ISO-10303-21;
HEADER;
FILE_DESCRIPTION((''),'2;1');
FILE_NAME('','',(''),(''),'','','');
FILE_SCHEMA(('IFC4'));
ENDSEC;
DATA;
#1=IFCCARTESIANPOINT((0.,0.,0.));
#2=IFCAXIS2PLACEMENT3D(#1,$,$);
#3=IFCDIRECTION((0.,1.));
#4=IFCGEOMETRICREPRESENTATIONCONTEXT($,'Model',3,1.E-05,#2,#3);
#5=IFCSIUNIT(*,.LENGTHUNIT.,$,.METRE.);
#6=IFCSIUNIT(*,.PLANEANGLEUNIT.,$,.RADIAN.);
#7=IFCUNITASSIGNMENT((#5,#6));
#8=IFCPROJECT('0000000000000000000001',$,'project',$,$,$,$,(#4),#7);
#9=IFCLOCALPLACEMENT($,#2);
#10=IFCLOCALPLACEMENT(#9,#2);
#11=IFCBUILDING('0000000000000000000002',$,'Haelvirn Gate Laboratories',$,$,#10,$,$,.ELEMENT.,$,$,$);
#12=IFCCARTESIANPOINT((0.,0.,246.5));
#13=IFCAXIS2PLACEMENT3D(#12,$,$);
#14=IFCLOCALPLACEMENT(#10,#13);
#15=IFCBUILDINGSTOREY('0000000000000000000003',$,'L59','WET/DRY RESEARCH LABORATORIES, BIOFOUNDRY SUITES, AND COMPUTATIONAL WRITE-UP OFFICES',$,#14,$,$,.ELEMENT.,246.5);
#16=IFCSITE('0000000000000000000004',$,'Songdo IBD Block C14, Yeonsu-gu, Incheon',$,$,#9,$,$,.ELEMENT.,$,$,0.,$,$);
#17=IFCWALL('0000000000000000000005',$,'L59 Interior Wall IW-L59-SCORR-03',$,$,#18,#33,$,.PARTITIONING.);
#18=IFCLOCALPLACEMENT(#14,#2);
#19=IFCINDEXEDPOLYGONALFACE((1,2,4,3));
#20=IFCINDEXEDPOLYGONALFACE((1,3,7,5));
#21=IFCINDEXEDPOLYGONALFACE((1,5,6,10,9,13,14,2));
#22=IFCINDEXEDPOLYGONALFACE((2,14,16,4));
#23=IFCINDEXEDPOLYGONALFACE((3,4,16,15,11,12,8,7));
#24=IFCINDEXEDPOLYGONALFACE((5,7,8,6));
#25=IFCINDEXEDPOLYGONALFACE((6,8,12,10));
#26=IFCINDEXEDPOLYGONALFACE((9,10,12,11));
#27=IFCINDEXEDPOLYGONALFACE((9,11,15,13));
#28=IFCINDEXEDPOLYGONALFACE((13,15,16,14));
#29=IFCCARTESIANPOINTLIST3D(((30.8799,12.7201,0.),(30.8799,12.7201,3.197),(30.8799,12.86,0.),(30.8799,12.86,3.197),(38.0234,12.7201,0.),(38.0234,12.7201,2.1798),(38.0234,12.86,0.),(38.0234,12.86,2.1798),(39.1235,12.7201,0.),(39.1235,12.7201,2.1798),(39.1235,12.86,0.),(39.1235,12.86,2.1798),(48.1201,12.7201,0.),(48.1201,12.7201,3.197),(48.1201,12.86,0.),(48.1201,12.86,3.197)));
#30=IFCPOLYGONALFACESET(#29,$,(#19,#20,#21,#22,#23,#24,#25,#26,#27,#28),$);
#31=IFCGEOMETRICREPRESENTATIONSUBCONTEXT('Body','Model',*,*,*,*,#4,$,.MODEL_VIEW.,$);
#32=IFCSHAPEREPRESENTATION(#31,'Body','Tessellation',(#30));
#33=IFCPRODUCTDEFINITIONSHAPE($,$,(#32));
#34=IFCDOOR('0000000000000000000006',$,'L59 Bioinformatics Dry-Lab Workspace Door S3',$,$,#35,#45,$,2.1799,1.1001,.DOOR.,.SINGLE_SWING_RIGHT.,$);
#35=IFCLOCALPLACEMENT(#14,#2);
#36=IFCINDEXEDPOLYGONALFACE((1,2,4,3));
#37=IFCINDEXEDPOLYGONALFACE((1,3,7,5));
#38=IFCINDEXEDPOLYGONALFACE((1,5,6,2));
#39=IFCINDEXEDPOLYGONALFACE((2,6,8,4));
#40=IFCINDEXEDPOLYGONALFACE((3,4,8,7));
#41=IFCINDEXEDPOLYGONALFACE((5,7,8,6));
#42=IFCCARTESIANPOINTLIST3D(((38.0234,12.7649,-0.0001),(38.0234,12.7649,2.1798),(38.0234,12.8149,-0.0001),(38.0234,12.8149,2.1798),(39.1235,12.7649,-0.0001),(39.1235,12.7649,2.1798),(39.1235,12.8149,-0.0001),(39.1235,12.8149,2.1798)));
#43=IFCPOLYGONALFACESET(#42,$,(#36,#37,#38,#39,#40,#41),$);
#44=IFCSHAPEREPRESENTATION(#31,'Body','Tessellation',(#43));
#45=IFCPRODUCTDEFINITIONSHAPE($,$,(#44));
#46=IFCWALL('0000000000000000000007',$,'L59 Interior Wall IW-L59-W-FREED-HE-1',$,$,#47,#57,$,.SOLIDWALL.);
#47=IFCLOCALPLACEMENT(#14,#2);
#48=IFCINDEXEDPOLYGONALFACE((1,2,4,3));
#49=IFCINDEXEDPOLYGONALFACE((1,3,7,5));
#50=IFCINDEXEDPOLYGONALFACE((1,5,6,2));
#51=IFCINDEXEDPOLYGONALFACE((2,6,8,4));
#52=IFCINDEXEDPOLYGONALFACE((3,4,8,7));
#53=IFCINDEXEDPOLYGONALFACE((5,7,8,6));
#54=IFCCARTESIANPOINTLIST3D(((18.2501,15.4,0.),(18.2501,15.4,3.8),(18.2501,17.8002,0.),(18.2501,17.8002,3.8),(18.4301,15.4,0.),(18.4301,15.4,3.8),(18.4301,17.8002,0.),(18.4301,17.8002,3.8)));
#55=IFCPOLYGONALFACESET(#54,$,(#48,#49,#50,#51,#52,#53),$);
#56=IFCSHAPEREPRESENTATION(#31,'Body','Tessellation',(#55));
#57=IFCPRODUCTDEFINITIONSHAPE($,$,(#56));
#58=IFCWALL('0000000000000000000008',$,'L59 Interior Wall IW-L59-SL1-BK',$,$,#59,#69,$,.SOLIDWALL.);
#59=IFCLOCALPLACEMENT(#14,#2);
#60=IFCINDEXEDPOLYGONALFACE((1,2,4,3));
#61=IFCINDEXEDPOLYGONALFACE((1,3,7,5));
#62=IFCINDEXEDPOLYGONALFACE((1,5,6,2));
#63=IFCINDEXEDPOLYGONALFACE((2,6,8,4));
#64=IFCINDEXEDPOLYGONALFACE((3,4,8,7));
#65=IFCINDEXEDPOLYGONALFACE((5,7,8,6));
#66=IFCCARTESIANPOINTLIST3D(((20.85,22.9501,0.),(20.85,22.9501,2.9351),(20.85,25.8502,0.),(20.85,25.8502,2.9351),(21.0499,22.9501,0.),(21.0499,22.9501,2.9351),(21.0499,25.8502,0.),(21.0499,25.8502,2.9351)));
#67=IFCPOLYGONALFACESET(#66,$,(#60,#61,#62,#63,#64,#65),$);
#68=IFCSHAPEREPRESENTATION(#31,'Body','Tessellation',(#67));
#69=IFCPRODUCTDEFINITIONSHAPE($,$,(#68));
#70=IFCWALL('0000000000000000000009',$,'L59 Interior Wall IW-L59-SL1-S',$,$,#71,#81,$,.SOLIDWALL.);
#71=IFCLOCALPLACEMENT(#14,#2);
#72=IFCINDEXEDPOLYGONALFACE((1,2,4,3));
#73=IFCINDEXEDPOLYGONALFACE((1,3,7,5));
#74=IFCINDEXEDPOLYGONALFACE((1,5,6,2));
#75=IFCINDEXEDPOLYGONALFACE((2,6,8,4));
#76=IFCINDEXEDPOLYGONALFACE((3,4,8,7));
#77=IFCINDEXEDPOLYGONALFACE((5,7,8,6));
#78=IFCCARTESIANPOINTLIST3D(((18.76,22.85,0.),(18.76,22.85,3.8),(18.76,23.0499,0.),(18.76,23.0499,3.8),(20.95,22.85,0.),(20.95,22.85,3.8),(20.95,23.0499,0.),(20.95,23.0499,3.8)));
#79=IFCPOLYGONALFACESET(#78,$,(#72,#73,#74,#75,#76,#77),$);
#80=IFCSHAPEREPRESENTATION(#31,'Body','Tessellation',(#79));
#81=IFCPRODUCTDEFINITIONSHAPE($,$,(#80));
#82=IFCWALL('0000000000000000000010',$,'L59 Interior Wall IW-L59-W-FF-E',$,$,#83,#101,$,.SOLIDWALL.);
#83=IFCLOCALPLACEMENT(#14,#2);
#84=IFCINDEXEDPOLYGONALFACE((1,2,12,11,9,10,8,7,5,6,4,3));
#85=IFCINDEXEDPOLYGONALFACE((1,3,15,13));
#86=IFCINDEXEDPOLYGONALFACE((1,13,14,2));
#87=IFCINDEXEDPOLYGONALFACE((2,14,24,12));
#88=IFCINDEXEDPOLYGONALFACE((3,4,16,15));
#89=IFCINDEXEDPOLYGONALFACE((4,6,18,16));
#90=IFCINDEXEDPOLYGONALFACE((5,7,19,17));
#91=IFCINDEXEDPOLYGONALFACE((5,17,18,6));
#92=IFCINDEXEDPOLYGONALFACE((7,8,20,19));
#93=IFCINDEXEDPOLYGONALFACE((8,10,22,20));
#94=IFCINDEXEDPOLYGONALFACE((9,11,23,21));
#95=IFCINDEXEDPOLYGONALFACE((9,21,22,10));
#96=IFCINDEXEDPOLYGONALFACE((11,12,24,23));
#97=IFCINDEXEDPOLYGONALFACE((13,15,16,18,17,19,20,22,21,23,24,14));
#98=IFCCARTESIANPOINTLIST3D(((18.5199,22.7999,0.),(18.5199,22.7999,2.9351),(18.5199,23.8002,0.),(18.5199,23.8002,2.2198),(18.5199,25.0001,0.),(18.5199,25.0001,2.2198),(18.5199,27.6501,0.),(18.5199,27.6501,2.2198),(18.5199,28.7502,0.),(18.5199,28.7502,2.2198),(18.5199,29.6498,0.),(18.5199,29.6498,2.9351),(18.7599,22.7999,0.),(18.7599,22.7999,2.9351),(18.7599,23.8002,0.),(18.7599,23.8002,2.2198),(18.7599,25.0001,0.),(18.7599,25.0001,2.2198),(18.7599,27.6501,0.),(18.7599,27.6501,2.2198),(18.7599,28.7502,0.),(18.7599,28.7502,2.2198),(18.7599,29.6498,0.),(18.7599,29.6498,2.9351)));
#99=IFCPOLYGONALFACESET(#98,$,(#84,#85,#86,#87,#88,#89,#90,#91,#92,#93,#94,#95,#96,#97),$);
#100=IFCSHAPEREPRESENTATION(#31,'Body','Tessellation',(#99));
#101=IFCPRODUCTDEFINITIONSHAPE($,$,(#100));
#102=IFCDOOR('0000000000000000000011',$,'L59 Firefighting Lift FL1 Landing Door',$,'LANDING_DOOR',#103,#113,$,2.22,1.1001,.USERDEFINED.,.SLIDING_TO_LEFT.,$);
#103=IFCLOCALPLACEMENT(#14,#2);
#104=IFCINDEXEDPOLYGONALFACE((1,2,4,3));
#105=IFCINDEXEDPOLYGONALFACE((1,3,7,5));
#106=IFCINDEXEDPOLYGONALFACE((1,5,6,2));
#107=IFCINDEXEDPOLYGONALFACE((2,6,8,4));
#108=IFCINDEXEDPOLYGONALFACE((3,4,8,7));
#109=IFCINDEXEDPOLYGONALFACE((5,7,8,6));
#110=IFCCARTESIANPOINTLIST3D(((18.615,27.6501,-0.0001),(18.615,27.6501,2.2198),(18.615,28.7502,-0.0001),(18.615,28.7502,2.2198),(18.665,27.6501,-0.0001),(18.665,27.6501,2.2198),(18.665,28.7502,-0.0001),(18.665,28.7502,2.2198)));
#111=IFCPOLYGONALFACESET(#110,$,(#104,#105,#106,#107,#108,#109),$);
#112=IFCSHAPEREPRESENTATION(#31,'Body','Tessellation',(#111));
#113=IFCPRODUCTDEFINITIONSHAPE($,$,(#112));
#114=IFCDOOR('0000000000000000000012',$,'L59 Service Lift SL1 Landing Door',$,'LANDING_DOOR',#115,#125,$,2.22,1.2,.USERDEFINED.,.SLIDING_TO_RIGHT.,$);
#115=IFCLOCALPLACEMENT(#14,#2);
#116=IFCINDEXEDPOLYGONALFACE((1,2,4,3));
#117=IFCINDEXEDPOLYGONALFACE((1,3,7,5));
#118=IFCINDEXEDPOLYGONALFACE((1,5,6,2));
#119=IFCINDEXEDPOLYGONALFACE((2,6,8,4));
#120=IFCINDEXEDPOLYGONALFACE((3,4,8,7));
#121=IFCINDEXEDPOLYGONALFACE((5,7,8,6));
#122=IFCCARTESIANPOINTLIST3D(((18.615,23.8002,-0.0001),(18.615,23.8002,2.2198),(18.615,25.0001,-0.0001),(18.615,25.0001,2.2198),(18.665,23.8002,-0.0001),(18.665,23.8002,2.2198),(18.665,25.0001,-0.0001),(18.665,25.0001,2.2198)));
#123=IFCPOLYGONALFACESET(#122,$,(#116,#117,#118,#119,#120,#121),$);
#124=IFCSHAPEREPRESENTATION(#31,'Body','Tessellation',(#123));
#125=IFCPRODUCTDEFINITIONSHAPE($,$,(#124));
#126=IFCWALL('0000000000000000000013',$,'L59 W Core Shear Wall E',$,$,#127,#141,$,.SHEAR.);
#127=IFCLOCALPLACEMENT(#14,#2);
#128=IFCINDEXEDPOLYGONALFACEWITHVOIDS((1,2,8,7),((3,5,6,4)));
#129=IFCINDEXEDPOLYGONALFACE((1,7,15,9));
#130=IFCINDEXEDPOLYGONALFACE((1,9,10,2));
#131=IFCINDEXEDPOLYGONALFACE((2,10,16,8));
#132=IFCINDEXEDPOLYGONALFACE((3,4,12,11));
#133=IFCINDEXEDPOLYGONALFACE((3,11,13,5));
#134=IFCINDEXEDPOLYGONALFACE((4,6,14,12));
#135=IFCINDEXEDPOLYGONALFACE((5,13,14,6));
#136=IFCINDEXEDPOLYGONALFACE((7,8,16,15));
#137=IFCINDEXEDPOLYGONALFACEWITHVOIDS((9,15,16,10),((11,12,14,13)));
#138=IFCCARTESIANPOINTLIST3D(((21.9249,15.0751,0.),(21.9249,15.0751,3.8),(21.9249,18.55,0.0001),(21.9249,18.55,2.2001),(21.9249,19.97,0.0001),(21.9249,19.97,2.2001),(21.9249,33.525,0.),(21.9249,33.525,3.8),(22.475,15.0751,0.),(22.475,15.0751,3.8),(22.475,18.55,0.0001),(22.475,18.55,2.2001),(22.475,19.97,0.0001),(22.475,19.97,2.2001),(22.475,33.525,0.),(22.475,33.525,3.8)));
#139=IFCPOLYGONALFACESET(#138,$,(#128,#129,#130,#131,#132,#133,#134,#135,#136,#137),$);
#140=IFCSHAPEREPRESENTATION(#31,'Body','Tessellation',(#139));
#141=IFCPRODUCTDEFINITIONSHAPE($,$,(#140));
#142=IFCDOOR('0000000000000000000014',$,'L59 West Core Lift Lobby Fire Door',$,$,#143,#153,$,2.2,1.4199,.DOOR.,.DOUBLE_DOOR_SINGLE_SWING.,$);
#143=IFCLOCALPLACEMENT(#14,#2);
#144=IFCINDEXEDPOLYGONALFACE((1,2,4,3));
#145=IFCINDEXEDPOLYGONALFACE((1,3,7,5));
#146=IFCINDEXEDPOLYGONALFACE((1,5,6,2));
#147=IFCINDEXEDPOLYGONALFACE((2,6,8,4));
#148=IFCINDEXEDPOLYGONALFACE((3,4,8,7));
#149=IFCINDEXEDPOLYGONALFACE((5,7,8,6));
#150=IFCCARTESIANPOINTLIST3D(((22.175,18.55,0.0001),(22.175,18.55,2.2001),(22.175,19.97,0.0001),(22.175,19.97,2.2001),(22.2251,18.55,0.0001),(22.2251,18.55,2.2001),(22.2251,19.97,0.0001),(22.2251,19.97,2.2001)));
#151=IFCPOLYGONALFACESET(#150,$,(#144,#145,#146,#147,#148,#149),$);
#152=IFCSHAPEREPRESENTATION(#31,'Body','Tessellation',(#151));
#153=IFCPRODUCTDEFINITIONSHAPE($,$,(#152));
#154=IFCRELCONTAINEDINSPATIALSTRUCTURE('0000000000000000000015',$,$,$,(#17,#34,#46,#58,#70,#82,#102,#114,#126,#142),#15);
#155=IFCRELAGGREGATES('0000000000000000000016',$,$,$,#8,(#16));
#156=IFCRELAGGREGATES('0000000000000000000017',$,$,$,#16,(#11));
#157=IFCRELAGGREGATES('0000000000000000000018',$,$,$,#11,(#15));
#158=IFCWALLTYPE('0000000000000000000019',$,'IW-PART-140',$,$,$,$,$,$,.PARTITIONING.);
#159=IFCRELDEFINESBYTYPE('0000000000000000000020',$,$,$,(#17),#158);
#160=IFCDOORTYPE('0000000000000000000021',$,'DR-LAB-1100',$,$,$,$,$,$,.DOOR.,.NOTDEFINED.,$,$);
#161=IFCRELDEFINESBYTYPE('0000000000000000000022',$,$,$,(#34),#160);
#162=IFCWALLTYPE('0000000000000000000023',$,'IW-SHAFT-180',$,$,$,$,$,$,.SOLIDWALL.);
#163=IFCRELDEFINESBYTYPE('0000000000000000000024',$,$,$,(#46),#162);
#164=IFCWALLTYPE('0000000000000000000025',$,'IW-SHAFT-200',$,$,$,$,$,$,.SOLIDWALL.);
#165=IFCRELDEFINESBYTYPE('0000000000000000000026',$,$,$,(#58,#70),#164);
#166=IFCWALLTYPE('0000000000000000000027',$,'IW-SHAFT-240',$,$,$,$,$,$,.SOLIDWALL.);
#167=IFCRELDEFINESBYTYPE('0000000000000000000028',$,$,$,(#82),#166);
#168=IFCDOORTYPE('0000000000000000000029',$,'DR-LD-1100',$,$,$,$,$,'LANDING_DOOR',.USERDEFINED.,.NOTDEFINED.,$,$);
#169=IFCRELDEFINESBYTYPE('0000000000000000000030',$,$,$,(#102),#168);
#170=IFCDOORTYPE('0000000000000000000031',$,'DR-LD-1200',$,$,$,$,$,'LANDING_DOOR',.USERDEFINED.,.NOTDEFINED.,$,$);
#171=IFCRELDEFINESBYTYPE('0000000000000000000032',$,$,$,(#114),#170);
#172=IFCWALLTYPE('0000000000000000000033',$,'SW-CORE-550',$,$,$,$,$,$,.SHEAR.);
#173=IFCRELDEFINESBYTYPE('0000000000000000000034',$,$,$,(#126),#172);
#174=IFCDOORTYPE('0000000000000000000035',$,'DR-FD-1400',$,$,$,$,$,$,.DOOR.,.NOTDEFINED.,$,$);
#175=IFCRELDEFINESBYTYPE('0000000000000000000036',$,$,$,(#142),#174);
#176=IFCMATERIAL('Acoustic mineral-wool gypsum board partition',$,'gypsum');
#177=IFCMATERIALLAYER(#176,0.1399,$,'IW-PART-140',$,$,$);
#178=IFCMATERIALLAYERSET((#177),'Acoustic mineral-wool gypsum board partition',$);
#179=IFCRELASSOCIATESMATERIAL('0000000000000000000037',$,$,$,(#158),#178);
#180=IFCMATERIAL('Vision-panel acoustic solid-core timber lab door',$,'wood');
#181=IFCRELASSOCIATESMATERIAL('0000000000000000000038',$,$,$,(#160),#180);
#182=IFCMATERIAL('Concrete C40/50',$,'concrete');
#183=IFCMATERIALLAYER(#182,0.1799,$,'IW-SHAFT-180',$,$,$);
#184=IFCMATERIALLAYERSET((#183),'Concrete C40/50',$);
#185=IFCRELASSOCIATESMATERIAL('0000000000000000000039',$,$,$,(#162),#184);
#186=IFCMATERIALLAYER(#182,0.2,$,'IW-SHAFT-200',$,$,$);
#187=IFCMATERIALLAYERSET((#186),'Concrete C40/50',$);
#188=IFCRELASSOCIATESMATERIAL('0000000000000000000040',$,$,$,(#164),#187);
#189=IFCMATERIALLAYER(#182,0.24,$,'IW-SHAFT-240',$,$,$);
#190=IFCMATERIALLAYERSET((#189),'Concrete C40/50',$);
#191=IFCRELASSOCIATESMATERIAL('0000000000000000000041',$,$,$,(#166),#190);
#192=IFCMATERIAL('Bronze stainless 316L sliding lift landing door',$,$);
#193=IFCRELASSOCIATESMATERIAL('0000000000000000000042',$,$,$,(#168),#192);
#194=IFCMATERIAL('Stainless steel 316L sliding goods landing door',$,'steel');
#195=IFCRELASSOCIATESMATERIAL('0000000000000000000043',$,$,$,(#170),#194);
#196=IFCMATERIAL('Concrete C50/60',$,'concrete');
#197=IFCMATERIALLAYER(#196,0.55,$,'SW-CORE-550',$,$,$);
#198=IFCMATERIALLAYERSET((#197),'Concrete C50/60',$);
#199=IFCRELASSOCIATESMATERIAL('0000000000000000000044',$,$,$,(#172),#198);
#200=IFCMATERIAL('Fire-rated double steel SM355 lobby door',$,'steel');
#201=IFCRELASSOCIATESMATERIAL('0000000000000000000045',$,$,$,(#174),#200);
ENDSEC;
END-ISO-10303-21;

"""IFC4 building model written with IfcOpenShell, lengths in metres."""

from ifc_helpers import new_model, si_unit, direction, frame, frame_2d, origin, place, context, subcontext, project, spatial, rectangle, extrude, source, transform, mapped, material, layer, layer_set, type_object, type_shapes, element, fill, save


model = new_model("IFC4")

# Units and contexts
model_context = context("Model", 3, precision=1e-05, world=origin(), true_north=direction((0.0, 1.0)))
body_context = subcontext(model_context, "Body", "Model", "MODEL_VIEW")
ifc_project = project(units=[si_unit("LENGTHUNIT", "METRE"), si_unit("PLANEANGLEUNIT", "RADIAN")], contexts=[model_context])

# Site, building, storey
site_placement = place(None, origin())
site = spatial("IfcSite", under=ifc_project, at=site_placement, Name="Songdo IBD Block C14, Yeonsu-gu, Incheon", CompositionType="ELEMENT", RefElevation=0.0)
building_placement = place(site_placement, origin())
building = spatial("IfcBuilding", under=site, at=building_placement, Name="Haelvirn Gate Laboratories", CompositionType="ELEMENT")
storey_placement = place(building_placement, frame((0.0, 0.0, 246.5)))
storey = spatial("IfcBuildingStorey", under=building, at=storey_placement, Name="L59", Description="WET/DRY RESEARCH LABORATORIES, BIOFOUNDRY SUITES, AND COMPUTATIONAL WRITE-UP OFFICES", CompositionType="ELEMENT", Elevation=246.5)

# Wall, opening, door
ifc_material_1 = material(Name="Acoustic mineral-wool gypsum board partition", Category="gypsum")
ifc_layer_1 = layer(ifc_material_1, 0.1399, Name="IW-PART-140")
ifc_layer_set_1 = layer_set([ifc_layer_1], Name="Acoustic mineral-wool gypsum board partition")
wall_type_1 = type_object("IfcWallType", Name="IW-PART-140", PredefinedType="PARTITIONING", material=ifc_layer_set_1)
ifc_material_2 = material(Name="Vision-panel acoustic solid-core timber lab door", Category="wood")
door_type_1 = type_object("IfcDoorType", Name="DR-LAB-1100", OperationType="NOTDEFINED", PredefinedType="DOOR", material=ifc_material_2)
shared_shape_1 = source(origin(), body_context, "Body", "SweptSolid", [
    extrude(rectangle(XDim=1.1001, YDim=2.1799, at=frame_2d((0.55, 1.0898))), frame((0.0, 0.0249, 0.0), z_axis=(0.0, -1.0, 0.0), x_axis=(1.0, 0.0, 0.0)), (0.0, 0.0, 1.0), 0.05),
])
type_shapes(door_type_1, [shared_shape_1])
wall_1_placement = place(storey_placement, frame((30.8799, 12.79, 0.0), z_axis=(0.0, 0.0, 1.0), x_axis=(1.0, 0.0, 0.0)))
wall_1 = element("IfcWall", 1, at=wall_1_placement, inside=storey, type_object=wall_type_1, Name="L59 Interior Wall IW-L59-SCORR-03", PredefinedType="PARTITIONING", context=body_context, shape_type="SweptSolid", body=[
    extrude(rectangle(XDim=17.2402, YDim=0.1399, at=frame_2d((8.6201, 0.0))), origin(), (0.0, 0.0, 1.0), 3.197),
])
opening_1_placement = place(wall_1_placement, frame((7.1436, 0.0, 0.0)))
opening_1 = element("IfcOpeningElement", 2, at=opening_1_placement, cuts=wall_1, PredefinedType="OPENING", context=body_context, shape_type="SweptSolid", body=[
    extrude(rectangle(XDim=1.1001, YDim=2.1799, at=frame_2d((0.55, 1.0898))), frame((0.0, 0.0801, 0.0), z_axis=(0.0, -1.0, 0.0), x_axis=(1.0, 0.0, 0.0)), (0.0, 0.0, 1.0), 0.1599),
])
door_1_placement = place(opening_1_placement, origin())
door_1 = element("IfcDoor", 3, at=door_1_placement, inside=storey, type_object=door_type_1, Name="L59 Bioinformatics Dry-Lab Workspace Door S3", OperationType="SINGLE_SWING_RIGHT", OverallHeight=2.1799, OverallWidth=1.1001, PredefinedType="DOOR", context=body_context, shape_type="MappedRepresentation", body=[
    mapped(shared_shape_1, transform((0.0, 0.0, 0.0), scale=1.0)),
])
fill(opening_1, door_1)

# Walls
ifc_material_3 = material(Name="Concrete C40/50", Category="concrete")
ifc_layer_2 = layer(ifc_material_3, 0.1799, Name="IW-SHAFT-180")
ifc_layer_set_2 = layer_set([ifc_layer_2], Name="Concrete C40/50")
wall_type_2 = type_object("IfcWallType", Name="IW-SHAFT-180", PredefinedType="SOLIDWALL", material=ifc_layer_set_2)
wall_2_placement = place(storey_placement, frame((18.3401, 15.3999, 0.0), z_axis=(0.0, 0.0, 1.0), x_axis=(0.0, 1.0, 0.0)))
element("IfcWall", 4, at=wall_2_placement, inside=storey, type_object=wall_type_2, Name="L59 Interior Wall IW-L59-W-FREED-HE-1", PredefinedType="SOLIDWALL", context=body_context, shape_type="SweptSolid", body=[
    extrude(rectangle(XDim=2.4001, YDim=0.1799, at=frame_2d((1.2002, 0.0))), origin(), (0.0, 0.0, 1.0), 3.8),
])
ifc_layer_3 = layer(ifc_material_3, 0.2, Name="IW-SHAFT-200")
ifc_layer_set_3 = layer_set([ifc_layer_3], Name="Concrete C40/50")
wall_type_3 = type_object("IfcWallType", Name="IW-SHAFT-200", PredefinedType="SOLIDWALL", material=ifc_layer_set_3)
wall_3_placement = place(storey_placement, frame((20.95, 22.95, 0.0), z_axis=(0.0, 0.0, 1.0), x_axis=(0.0, 1.0, 0.0)))
element("IfcWall", 5, at=wall_3_placement, inside=storey, type_object=wall_type_3, Name="L59 Interior Wall IW-L59-SL1-BK", PredefinedType="SOLIDWALL", context=body_context, shape_type="SweptSolid", body=[
    extrude(rectangle(XDim=2.9001, YDim=0.2, at=frame_2d((1.4502, 0.0))), origin(), (0.0, 0.0, 1.0), 2.9351),
])
wall_4_placement = place(storey_placement, frame((18.76, 22.95, 0.0), z_axis=(0.0, 0.0, 1.0), x_axis=(1.0, 0.0, 0.0)))
element("IfcWall", 6, at=wall_4_placement, inside=storey, type_object=wall_type_3, Name="L59 Interior Wall IW-L59-SL1-S", PredefinedType="SOLIDWALL", context=body_context, shape_type="SweptSolid", body=[
    extrude(rectangle(XDim=2.1899, YDim=0.2, at=frame_2d((1.095, 0.0))), origin(), (0.0, 0.0, 1.0), 3.8),
])

# Wall, openings, doors
ifc_layer_4 = layer(ifc_material_3, 0.24, Name="IW-SHAFT-240")
ifc_layer_set_4 = layer_set([ifc_layer_4], Name="Concrete C40/50")
wall_type_4 = type_object("IfcWallType", Name="IW-SHAFT-240", PredefinedType="SOLIDWALL", material=ifc_layer_set_4)
wall_5_placement = place(storey_placement, frame((18.6399, 22.8, 0.0), z_axis=(0.0, 0.0, 1.0), x_axis=(0.0, 1.0, 0.0)))
wall_5 = element("IfcWall", 7, at=wall_5_placement, inside=storey, type_object=wall_type_4, Name="L59 Interior Wall IW-L59-W-FF-E", PredefinedType="SOLIDWALL", context=body_context, shape_type="SweptSolid", body=[
    extrude(rectangle(XDim=6.8499, YDim=0.24, at=frame_2d((3.4248, 0.0))), origin(), (0.0, 0.0, 1.0), 2.9351),
])
opening_2_placement = place(wall_5_placement, frame((4.8501, 0.0, 0.0)))
opening_2 = element("IfcOpeningElement", 8, at=opening_2_placement, cuts=wall_5, PredefinedType="OPENING", context=body_context, shape_type="SweptSolid", body=[
    extrude(rectangle(XDim=1.1001, YDim=2.22, at=frame_2d((0.55, 1.1099))), frame((0.0, 0.1299, 0.0), z_axis=(0.0, -1.0, 0.0), x_axis=(1.0, 0.0, 0.0)), (0.0, 0.0, 1.0), 0.26),
])
opening_3_placement = place(wall_5_placement, frame((1.0, 0.0, 0.0)))
opening_3 = element("IfcOpeningElement", 9, at=opening_3_placement, cuts=wall_5, PredefinedType="OPENING", context=body_context, shape_type="SweptSolid", body=[
    extrude(rectangle(XDim=1.2, YDim=2.22, at=frame_2d((0.6001, 1.1099))), frame((0.0, 0.1299, 0.0), z_axis=(0.0, -1.0, 0.0), x_axis=(1.0, 0.0, 0.0)), (0.0, 0.0, 1.0), 0.26),
])
ifc_material_4 = material(Name="Bronze stainless 316L sliding lift landing door")
door_type_2 = type_object("IfcDoorType", Name="DR-LD-1100", ElementType="LANDING_DOOR", OperationType="NOTDEFINED", PredefinedType="USERDEFINED", material=ifc_material_4)
shared_shape_2 = source(origin(), body_context, "Body", "SweptSolid", [
    extrude(rectangle(XDim=1.1001, YDim=2.22, at=frame_2d((0.55, 1.1099))), frame((0.0, 0.0249, 0.0), z_axis=(0.0, -1.0, 0.0), x_axis=(1.0, 0.0, 0.0)), (0.0, 0.0, 1.0), 0.05),
])
type_shapes(door_type_2, [shared_shape_2])
door_2_placement = place(opening_2_placement, origin())
door_2 = element("IfcDoor", 10, at=door_2_placement, inside=storey, type_object=door_type_2, Name="L59 Firefighting Lift FL1 Landing Door", ObjectType="LANDING_DOOR", OperationType="SLIDING_TO_LEFT", OverallHeight=2.22, OverallWidth=1.1001, PredefinedType="USERDEFINED", context=body_context, shape_type="MappedRepresentation", body=[
    mapped(shared_shape_2, transform((0.0, 0.0, 0.0), scale=1.0)),
])
fill(opening_2, door_2)
ifc_material_5 = material(Name="Stainless steel 316L sliding goods landing door", Category="steel")
door_type_3 = type_object("IfcDoorType", Name="DR-LD-1200", ElementType="LANDING_DOOR", OperationType="NOTDEFINED", PredefinedType="USERDEFINED", material=ifc_material_5)
shared_shape_3 = source(origin(), body_context, "Body", "SweptSolid", [
    extrude(rectangle(XDim=1.2, YDim=2.22, at=frame_2d((0.6001, 1.1099))), frame((0.0, 0.0249, 0.0), z_axis=(0.0, -1.0, 0.0), x_axis=(1.0, 0.0, 0.0)), (0.0, 0.0, 1.0), 0.05),
])
type_shapes(door_type_3, [shared_shape_3])
door_3_placement = place(opening_3_placement, origin())
door_3 = element("IfcDoor", 11, at=door_3_placement, inside=storey, type_object=door_type_3, Name="L59 Service Lift SL1 Landing Door", ObjectType="LANDING_DOOR", OperationType="SLIDING_TO_RIGHT", OverallHeight=2.22, OverallWidth=1.2, PredefinedType="USERDEFINED", context=body_context, shape_type="MappedRepresentation", body=[
    mapped(shared_shape_3, transform((0.0, 0.0, 0.0), scale=1.0)),
])
fill(opening_3, door_3)

# Wall, opening, door
ifc_material_6 = material(Name="Concrete C50/60", Category="concrete")
ifc_layer_5 = layer(ifc_material_6, 0.55, Name="SW-CORE-550")
ifc_layer_set_5 = layer_set([ifc_layer_5], Name="Concrete C50/60")
wall_type_5 = type_object("IfcWallType", Name="SW-CORE-550", PredefinedType="SHEAR", material=ifc_layer_set_5)
wall_6_placement = place(storey_placement, frame((22.2, 15.075, 0.0), z_axis=(0.0, 0.0, 1.0), x_axis=(0.0, 1.0, 0.0)))
wall_6 = element("IfcWall", 12, at=wall_6_placement, inside=storey, type_object=wall_type_5, Name="L59 W Core Shear Wall E", PredefinedType="SHEAR", context=body_context, shape_type="SweptSolid", body=[
    extrude(rectangle(XDim=18.45, YDim=0.55, at=frame_2d((9.2251, 0.0))), origin(), (0.0, 0.0, 1.0), 3.8),
])
opening_4_placement = place(wall_6_placement, frame((3.4751, 0.0, 0.0)))
opening_4 = element("IfcOpeningElement", 13, at=opening_4_placement, cuts=wall_6, PredefinedType="OPENING", context=body_context, shape_type="SweptSolid", body=[
    extrude(rectangle(XDim=1.4199, YDim=2.2, at=frame_2d((0.71, 1.1001))), frame((0.0, 0.2852, 0.0), z_axis=(0.0, -1.0, 0.0), x_axis=(1.0, 0.0, 0.0)), (0.0, 0.0, 1.0), 0.5701),
])
ifc_material_7 = material(Name="Fire-rated double steel SM355 lobby door", Category="steel")
door_type_4 = type_object("IfcDoorType", Name="DR-FD-1400", OperationType="NOTDEFINED", PredefinedType="DOOR", material=ifc_material_7)
shared_shape_4 = source(origin(), body_context, "Body", "SweptSolid", [
    extrude(rectangle(XDim=1.4199, YDim=2.2, at=frame_2d((0.71, 1.1001))), frame((0.0, 0.0249, 0.0), z_axis=(0.0, -1.0, 0.0), x_axis=(1.0, 0.0, 0.0)), (0.0, 0.0, 1.0), 0.05),
])
type_shapes(door_type_4, [shared_shape_4])
door_4_placement = place(opening_4_placement, origin())
door_4 = element("IfcDoor", 14, at=door_4_placement, inside=storey, type_object=door_type_4, Name="L59 West Core Lift Lobby Fire Door", OperationType="DOUBLE_DOOR_SINGLE_SWING", OverallHeight=2.2, OverallWidth=1.4199, PredefinedType="DOOR", context=body_context, shape_type="MappedRepresentation", body=[
    mapped(shared_shape_4, transform((0.0, 0.0, 0.0), scale=1.0)),
])
fill(opening_4, door_4)

save(model, "model.ifc")
